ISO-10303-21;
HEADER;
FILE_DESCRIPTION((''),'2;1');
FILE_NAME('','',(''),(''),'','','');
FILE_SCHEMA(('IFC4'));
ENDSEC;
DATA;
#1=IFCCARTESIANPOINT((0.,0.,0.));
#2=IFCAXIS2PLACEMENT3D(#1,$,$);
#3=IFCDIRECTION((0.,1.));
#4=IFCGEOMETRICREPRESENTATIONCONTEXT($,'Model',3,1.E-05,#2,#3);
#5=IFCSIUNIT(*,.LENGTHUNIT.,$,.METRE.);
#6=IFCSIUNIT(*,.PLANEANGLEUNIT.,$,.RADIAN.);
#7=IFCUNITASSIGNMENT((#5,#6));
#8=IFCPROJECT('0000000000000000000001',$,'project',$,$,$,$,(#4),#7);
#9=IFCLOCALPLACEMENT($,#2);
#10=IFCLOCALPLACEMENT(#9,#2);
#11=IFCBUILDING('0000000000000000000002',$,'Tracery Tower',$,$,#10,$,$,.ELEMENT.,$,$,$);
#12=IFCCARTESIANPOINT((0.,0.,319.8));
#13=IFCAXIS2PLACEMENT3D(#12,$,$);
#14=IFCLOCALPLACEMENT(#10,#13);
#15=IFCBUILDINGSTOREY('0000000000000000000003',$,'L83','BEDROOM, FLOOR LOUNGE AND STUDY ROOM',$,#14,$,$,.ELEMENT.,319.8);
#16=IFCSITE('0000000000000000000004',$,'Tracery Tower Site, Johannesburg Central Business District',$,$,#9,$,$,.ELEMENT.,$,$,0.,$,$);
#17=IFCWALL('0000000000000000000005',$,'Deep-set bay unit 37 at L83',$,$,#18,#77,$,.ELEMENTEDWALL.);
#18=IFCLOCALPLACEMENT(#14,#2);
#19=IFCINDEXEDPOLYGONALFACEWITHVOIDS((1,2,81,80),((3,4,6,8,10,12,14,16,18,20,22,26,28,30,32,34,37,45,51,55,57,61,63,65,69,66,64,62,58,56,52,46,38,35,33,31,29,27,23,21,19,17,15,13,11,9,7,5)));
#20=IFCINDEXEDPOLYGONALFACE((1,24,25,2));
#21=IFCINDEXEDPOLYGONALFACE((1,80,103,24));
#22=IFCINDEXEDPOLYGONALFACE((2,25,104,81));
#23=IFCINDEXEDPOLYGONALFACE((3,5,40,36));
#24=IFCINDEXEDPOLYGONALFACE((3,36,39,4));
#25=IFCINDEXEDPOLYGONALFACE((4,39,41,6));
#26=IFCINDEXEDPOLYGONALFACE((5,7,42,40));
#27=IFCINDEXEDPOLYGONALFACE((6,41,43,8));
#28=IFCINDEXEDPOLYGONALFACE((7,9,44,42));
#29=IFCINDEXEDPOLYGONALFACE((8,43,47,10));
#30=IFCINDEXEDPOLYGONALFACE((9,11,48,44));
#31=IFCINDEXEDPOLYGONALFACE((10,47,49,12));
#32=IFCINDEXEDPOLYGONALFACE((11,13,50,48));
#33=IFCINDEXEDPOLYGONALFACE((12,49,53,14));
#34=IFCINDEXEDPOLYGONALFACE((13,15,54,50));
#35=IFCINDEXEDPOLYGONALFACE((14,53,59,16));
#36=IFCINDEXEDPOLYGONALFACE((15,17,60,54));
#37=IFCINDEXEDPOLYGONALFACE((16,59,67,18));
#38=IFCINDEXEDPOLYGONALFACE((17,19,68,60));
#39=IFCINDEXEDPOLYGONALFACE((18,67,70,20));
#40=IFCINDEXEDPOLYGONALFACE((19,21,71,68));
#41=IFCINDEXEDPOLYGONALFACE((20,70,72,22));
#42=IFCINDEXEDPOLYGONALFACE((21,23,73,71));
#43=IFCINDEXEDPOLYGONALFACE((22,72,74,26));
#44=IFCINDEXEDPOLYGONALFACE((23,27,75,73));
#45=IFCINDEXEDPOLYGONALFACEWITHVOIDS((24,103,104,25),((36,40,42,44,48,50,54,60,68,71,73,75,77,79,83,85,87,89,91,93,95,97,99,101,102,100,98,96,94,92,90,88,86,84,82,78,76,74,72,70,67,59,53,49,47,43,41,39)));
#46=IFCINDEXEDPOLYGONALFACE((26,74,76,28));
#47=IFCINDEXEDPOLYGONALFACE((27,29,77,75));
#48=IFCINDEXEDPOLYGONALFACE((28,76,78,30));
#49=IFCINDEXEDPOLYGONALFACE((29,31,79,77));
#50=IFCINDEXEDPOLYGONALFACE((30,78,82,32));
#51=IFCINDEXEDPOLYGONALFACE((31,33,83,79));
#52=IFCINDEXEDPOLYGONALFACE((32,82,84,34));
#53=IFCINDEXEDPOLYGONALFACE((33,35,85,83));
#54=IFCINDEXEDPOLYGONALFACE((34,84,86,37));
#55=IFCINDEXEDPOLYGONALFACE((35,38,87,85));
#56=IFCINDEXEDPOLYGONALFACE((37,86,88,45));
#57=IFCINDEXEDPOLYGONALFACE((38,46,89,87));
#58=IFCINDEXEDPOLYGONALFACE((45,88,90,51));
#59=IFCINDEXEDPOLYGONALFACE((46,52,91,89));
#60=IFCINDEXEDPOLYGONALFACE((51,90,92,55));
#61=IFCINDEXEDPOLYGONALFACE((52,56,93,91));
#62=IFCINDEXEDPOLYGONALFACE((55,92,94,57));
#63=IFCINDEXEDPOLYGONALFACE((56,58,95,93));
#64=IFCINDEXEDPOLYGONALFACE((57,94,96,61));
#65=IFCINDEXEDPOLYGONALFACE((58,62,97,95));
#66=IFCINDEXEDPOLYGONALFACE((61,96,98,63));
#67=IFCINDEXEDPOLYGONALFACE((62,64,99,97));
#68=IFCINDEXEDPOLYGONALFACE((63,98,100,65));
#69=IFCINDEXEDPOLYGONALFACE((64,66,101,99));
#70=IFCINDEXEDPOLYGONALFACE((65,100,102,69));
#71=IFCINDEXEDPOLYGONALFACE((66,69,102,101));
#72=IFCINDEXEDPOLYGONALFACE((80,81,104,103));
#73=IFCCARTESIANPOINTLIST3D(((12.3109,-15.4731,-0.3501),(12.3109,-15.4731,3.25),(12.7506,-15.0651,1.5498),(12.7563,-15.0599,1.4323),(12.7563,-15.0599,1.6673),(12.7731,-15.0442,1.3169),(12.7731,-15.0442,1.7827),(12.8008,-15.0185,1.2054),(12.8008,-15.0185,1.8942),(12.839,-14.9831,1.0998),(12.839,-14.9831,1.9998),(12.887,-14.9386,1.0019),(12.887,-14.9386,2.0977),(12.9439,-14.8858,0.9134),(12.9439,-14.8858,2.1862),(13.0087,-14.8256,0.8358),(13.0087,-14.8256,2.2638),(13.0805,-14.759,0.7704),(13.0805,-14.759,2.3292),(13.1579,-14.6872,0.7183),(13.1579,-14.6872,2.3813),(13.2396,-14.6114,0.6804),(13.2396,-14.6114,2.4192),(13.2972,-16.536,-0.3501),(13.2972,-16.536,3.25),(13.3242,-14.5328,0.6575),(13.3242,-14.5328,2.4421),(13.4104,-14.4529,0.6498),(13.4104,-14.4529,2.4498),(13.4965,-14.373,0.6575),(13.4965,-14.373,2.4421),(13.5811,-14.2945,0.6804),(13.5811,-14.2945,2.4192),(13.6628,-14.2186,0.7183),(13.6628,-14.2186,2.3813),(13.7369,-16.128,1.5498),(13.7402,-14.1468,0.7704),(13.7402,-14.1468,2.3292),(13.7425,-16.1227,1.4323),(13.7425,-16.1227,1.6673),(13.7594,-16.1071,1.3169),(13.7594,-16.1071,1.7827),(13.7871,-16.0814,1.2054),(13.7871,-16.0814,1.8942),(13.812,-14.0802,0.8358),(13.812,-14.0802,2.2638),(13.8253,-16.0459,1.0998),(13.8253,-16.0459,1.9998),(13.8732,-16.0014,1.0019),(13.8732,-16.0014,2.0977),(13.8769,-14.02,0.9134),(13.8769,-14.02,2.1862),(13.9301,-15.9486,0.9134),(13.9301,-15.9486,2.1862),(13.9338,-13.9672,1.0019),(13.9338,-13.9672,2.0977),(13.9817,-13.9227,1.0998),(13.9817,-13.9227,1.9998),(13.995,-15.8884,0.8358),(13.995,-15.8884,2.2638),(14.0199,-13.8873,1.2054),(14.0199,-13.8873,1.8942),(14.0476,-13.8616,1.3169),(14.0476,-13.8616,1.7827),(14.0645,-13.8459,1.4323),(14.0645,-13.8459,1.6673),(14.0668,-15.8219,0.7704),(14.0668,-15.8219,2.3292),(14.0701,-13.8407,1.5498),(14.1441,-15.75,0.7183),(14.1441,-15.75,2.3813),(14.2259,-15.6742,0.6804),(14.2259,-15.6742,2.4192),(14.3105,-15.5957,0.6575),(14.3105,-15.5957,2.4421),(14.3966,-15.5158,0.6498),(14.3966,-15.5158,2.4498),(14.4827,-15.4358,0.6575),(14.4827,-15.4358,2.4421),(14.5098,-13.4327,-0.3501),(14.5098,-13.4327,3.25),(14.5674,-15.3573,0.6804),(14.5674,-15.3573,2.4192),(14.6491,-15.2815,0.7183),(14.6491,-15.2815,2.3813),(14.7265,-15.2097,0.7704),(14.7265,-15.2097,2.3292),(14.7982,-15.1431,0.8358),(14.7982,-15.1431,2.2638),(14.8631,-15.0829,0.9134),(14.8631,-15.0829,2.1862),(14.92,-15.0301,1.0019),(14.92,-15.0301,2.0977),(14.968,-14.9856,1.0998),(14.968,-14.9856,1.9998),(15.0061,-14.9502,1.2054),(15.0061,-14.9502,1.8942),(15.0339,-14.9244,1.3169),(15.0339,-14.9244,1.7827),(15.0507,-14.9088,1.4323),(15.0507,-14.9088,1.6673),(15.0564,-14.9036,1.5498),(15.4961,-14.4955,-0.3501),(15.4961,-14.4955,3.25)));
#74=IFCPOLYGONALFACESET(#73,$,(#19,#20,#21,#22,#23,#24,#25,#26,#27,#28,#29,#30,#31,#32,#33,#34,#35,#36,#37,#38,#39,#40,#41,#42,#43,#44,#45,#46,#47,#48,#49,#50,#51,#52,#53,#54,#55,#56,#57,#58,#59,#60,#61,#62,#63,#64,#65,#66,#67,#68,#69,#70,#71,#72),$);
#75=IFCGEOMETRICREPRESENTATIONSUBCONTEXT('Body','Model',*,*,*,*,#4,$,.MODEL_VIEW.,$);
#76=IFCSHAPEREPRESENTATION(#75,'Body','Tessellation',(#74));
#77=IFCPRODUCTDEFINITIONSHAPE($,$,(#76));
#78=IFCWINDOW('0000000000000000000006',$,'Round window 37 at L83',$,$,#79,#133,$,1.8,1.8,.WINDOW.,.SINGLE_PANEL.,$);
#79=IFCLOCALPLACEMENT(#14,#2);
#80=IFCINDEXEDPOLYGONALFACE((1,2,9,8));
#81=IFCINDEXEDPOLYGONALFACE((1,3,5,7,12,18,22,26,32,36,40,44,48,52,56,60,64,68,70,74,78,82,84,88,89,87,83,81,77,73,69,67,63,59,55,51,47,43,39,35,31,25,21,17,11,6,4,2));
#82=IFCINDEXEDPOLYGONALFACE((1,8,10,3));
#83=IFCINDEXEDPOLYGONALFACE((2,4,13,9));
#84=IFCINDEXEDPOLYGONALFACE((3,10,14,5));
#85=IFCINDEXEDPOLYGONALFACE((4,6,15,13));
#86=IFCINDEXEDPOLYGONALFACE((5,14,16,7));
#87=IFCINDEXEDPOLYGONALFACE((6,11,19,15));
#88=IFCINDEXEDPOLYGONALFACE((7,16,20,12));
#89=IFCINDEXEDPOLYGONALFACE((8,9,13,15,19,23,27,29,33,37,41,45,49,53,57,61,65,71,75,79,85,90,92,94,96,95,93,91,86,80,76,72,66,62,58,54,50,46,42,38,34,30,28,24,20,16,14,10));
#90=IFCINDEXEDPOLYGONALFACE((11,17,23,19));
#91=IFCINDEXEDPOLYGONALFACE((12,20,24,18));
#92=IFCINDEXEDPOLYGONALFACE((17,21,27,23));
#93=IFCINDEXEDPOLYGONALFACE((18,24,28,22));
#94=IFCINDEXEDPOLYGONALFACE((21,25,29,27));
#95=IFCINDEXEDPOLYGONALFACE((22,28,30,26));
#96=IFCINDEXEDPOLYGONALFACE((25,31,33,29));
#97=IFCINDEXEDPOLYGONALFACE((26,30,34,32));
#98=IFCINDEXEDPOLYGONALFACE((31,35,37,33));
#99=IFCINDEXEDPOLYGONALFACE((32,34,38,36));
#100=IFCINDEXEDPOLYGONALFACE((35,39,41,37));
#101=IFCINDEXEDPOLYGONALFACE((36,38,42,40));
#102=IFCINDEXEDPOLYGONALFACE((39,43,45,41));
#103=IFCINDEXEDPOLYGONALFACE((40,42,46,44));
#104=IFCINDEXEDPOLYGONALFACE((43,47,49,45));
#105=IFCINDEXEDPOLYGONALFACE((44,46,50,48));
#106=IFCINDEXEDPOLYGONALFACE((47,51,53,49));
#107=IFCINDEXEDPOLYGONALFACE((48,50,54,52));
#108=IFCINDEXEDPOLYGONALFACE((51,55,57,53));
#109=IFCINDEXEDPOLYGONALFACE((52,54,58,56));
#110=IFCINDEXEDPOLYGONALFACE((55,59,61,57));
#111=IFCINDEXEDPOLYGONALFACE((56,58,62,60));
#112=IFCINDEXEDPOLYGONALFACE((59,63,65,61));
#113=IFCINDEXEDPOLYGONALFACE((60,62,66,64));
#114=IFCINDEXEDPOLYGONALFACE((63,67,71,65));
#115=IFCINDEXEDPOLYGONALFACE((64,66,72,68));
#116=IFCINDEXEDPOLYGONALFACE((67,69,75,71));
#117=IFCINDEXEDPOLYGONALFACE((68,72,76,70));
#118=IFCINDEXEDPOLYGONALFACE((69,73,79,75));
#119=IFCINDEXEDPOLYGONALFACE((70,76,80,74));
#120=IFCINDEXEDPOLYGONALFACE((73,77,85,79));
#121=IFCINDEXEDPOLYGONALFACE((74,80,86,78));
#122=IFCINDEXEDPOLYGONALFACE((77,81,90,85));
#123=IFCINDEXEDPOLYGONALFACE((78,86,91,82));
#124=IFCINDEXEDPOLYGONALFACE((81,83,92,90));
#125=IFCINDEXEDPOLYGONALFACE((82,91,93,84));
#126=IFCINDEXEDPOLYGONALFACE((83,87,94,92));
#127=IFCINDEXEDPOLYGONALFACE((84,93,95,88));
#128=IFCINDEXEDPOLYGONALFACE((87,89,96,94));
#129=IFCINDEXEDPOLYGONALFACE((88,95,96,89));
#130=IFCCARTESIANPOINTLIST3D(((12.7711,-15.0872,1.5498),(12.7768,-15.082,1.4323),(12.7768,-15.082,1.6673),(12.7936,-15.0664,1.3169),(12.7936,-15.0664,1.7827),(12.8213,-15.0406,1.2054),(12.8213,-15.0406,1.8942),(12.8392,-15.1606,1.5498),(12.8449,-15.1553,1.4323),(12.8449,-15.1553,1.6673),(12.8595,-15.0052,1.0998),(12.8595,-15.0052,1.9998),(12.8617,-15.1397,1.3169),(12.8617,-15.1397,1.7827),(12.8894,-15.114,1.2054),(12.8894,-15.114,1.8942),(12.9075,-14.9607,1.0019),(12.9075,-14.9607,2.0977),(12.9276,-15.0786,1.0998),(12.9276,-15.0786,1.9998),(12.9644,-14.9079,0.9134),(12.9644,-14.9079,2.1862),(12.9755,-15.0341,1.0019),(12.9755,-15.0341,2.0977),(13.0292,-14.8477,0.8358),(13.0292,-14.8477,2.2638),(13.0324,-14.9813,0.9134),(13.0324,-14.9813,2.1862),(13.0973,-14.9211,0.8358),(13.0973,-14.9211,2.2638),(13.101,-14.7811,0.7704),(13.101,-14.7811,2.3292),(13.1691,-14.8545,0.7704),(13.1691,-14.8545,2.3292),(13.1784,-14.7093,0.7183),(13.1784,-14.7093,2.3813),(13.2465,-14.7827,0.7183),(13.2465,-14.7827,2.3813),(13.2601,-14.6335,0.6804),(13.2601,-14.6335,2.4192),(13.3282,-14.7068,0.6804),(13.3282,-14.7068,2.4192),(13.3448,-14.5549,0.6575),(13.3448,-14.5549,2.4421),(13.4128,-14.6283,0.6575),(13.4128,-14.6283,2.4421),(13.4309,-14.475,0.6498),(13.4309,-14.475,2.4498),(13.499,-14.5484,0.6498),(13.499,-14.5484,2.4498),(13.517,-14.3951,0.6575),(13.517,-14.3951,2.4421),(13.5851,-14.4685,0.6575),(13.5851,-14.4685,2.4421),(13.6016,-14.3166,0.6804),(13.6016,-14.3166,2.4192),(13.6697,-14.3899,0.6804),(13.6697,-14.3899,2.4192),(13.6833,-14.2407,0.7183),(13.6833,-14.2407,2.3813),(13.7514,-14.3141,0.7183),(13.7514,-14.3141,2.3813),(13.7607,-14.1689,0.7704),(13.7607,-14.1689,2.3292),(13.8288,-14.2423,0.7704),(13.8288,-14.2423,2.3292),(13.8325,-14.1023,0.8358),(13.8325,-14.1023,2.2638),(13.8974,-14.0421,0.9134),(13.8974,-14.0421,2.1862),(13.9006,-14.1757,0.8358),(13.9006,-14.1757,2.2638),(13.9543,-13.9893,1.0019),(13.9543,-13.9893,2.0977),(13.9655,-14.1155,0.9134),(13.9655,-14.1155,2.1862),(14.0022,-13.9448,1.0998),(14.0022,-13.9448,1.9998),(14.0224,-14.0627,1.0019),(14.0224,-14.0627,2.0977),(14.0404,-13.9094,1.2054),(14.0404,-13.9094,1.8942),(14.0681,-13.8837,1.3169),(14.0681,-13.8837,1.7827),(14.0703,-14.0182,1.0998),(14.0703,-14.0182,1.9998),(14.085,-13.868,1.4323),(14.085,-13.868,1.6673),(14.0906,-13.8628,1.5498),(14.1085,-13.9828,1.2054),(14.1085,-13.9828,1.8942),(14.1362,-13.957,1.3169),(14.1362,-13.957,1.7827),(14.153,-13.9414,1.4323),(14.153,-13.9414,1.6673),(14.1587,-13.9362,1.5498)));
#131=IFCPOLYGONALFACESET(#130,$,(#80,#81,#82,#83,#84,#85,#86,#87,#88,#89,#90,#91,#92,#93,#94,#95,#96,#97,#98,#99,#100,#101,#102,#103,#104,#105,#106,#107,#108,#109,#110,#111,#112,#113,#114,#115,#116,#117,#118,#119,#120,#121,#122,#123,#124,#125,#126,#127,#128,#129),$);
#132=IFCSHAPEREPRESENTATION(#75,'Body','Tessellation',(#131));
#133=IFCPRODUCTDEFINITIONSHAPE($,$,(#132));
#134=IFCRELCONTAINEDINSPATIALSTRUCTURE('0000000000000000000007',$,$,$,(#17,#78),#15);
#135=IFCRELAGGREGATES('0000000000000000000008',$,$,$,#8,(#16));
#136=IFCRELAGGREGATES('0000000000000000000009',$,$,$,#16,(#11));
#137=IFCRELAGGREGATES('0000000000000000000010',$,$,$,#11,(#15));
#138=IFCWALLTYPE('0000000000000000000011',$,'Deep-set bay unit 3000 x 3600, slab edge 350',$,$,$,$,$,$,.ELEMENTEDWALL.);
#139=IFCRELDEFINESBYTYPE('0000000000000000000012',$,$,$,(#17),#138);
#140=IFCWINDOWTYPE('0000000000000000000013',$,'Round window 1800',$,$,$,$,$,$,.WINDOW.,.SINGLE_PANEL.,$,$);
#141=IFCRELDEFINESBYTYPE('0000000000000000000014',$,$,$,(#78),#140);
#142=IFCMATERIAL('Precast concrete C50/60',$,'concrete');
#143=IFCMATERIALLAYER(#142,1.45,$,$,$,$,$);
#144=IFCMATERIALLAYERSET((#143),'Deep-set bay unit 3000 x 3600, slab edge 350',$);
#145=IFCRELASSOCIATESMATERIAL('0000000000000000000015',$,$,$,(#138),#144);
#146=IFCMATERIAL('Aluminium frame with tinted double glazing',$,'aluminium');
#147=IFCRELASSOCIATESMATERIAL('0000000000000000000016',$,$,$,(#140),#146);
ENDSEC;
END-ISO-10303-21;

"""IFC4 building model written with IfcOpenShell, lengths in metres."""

from ifc_helpers import new_model, si_unit, direction, frame, frame_2d, origin, origin_2d, place, context, subcontext, project, spatial, rectangle, circle, extrude, material, layer, layer_set, type_object, element, fill, save


model = new_model("IFC4")

# Units and contexts
model_context = context("Model", 3, precision=1e-05, world=origin(), true_north=direction((0.0, 1.0)))
body_context = subcontext(model_context, "Body", "Model", "MODEL_VIEW")
ifc_project = project(units=[si_unit("LENGTHUNIT", "METRE"), si_unit("PLANEANGLEUNIT", "RADIAN")], contexts=[model_context])

# Site, building, storey
site_placement = place(None, origin())
site = spatial("IfcSite", under=ifc_project, at=site_placement, Name="Tracery Tower Site, Johannesburg Central Business District", CompositionType="ELEMENT", RefElevation=0.0)
building_placement = place(site_placement, origin())
building = spatial("IfcBuilding", under=site, at=building_placement, Name="Tracery Tower", CompositionType="ELEMENT")
storey_placement = place(building_placement, frame((0.0, 0.0, 319.8)))
storey = spatial("IfcBuildingStorey", under=building, at=storey_placement, Name="L83", Description="BEDROOM, FLOOR LOUNGE AND STUDY ROOM", CompositionType="ELEMENT", Elevation=319.8)

# Wall, opening, window
ifc_material_1 = material(Name="Precast concrete C50/60", Category="concrete")
ifc_layer_1 = layer(ifc_material_1, 1.45)
ifc_layer_set_1 = layer_set([ifc_layer_1], Name="Deep-set bay unit 3000 x 3600, slab edge 350")
wall_type_1 = type_object("IfcWallType", Name="Deep-set bay unit 3000 x 3600, slab edge 350", PredefinedType="ELEMENTEDWALL", material=ifc_layer_set_1)
wall_1_placement = place(storey_placement, frame((12.804, -16.0046, -0.3501), z_axis=(0.0, 0.0, 1.0), x_axis=(0.733022, 0.680204, 0.0)))
wall_1 = element("IfcWall", 1, at=wall_1_placement, inside=storey, type_object=wall_type_1, Name="Deep-set bay unit 37 at L83", PredefinedType="ELEMENTEDWALL", context=body_context, shape_type="SweptSolid", body=[
    extrude(rectangle(XDim=2.9998, YDim=1.45, at=frame_2d((1.5, 0.0))), origin(), (0.0, 0.0, 1.0), 3.6001),
])
opening_1_placement = place(wall_1_placement, frame((1.5, 0.0, 1.8999)))
opening_1 = element("IfcOpeningElement", 2, at=opening_1_placement, cuts=wall_1, PredefinedType="OPENING", context=body_context, shape_type="SweptSolid", body=[
    extrude(circle(Radius=0.9, at=origin_2d()), frame((0.0, 0.7349, 0.0), z_axis=(0.0, -1.0, 0.0), x_axis=(1.0, 0.0, 0.0)), (0.0, 0.0, 1.0), 1.47),
])
ifc_material_2 = material(Name="Aluminium frame with tinted double glazing", Category="aluminium")
window_type = type_object("IfcWindowType", Name="Round window 1800", PartitioningType="SINGLE_PANEL", PredefinedType="WINDOW", material=ifc_material_2)
window_1_placement = place(opening_1_placement, origin())
window_1 = element("IfcWindow", 3, at=window_1_placement, inside=storey, type_object=window_type, Name="Round window 37 at L83", OverallHeight=1.8, OverallWidth=1.8, PartitioningType="SINGLE_PANEL", PredefinedType="WINDOW", context=body_context, shape_type="SweptSolid", body=[
    extrude(circle(Radius=0.9, at=origin_2d()), frame((0.0, 0.6948, 0.0), z_axis=(0.0, -1.0, 0.0), x_axis=(1.0, 0.0, 0.0)), (0.0, 0.0, 1.0), 0.1001),
])
fill(opening_1, window_1)

save(model, "model.ifc")
